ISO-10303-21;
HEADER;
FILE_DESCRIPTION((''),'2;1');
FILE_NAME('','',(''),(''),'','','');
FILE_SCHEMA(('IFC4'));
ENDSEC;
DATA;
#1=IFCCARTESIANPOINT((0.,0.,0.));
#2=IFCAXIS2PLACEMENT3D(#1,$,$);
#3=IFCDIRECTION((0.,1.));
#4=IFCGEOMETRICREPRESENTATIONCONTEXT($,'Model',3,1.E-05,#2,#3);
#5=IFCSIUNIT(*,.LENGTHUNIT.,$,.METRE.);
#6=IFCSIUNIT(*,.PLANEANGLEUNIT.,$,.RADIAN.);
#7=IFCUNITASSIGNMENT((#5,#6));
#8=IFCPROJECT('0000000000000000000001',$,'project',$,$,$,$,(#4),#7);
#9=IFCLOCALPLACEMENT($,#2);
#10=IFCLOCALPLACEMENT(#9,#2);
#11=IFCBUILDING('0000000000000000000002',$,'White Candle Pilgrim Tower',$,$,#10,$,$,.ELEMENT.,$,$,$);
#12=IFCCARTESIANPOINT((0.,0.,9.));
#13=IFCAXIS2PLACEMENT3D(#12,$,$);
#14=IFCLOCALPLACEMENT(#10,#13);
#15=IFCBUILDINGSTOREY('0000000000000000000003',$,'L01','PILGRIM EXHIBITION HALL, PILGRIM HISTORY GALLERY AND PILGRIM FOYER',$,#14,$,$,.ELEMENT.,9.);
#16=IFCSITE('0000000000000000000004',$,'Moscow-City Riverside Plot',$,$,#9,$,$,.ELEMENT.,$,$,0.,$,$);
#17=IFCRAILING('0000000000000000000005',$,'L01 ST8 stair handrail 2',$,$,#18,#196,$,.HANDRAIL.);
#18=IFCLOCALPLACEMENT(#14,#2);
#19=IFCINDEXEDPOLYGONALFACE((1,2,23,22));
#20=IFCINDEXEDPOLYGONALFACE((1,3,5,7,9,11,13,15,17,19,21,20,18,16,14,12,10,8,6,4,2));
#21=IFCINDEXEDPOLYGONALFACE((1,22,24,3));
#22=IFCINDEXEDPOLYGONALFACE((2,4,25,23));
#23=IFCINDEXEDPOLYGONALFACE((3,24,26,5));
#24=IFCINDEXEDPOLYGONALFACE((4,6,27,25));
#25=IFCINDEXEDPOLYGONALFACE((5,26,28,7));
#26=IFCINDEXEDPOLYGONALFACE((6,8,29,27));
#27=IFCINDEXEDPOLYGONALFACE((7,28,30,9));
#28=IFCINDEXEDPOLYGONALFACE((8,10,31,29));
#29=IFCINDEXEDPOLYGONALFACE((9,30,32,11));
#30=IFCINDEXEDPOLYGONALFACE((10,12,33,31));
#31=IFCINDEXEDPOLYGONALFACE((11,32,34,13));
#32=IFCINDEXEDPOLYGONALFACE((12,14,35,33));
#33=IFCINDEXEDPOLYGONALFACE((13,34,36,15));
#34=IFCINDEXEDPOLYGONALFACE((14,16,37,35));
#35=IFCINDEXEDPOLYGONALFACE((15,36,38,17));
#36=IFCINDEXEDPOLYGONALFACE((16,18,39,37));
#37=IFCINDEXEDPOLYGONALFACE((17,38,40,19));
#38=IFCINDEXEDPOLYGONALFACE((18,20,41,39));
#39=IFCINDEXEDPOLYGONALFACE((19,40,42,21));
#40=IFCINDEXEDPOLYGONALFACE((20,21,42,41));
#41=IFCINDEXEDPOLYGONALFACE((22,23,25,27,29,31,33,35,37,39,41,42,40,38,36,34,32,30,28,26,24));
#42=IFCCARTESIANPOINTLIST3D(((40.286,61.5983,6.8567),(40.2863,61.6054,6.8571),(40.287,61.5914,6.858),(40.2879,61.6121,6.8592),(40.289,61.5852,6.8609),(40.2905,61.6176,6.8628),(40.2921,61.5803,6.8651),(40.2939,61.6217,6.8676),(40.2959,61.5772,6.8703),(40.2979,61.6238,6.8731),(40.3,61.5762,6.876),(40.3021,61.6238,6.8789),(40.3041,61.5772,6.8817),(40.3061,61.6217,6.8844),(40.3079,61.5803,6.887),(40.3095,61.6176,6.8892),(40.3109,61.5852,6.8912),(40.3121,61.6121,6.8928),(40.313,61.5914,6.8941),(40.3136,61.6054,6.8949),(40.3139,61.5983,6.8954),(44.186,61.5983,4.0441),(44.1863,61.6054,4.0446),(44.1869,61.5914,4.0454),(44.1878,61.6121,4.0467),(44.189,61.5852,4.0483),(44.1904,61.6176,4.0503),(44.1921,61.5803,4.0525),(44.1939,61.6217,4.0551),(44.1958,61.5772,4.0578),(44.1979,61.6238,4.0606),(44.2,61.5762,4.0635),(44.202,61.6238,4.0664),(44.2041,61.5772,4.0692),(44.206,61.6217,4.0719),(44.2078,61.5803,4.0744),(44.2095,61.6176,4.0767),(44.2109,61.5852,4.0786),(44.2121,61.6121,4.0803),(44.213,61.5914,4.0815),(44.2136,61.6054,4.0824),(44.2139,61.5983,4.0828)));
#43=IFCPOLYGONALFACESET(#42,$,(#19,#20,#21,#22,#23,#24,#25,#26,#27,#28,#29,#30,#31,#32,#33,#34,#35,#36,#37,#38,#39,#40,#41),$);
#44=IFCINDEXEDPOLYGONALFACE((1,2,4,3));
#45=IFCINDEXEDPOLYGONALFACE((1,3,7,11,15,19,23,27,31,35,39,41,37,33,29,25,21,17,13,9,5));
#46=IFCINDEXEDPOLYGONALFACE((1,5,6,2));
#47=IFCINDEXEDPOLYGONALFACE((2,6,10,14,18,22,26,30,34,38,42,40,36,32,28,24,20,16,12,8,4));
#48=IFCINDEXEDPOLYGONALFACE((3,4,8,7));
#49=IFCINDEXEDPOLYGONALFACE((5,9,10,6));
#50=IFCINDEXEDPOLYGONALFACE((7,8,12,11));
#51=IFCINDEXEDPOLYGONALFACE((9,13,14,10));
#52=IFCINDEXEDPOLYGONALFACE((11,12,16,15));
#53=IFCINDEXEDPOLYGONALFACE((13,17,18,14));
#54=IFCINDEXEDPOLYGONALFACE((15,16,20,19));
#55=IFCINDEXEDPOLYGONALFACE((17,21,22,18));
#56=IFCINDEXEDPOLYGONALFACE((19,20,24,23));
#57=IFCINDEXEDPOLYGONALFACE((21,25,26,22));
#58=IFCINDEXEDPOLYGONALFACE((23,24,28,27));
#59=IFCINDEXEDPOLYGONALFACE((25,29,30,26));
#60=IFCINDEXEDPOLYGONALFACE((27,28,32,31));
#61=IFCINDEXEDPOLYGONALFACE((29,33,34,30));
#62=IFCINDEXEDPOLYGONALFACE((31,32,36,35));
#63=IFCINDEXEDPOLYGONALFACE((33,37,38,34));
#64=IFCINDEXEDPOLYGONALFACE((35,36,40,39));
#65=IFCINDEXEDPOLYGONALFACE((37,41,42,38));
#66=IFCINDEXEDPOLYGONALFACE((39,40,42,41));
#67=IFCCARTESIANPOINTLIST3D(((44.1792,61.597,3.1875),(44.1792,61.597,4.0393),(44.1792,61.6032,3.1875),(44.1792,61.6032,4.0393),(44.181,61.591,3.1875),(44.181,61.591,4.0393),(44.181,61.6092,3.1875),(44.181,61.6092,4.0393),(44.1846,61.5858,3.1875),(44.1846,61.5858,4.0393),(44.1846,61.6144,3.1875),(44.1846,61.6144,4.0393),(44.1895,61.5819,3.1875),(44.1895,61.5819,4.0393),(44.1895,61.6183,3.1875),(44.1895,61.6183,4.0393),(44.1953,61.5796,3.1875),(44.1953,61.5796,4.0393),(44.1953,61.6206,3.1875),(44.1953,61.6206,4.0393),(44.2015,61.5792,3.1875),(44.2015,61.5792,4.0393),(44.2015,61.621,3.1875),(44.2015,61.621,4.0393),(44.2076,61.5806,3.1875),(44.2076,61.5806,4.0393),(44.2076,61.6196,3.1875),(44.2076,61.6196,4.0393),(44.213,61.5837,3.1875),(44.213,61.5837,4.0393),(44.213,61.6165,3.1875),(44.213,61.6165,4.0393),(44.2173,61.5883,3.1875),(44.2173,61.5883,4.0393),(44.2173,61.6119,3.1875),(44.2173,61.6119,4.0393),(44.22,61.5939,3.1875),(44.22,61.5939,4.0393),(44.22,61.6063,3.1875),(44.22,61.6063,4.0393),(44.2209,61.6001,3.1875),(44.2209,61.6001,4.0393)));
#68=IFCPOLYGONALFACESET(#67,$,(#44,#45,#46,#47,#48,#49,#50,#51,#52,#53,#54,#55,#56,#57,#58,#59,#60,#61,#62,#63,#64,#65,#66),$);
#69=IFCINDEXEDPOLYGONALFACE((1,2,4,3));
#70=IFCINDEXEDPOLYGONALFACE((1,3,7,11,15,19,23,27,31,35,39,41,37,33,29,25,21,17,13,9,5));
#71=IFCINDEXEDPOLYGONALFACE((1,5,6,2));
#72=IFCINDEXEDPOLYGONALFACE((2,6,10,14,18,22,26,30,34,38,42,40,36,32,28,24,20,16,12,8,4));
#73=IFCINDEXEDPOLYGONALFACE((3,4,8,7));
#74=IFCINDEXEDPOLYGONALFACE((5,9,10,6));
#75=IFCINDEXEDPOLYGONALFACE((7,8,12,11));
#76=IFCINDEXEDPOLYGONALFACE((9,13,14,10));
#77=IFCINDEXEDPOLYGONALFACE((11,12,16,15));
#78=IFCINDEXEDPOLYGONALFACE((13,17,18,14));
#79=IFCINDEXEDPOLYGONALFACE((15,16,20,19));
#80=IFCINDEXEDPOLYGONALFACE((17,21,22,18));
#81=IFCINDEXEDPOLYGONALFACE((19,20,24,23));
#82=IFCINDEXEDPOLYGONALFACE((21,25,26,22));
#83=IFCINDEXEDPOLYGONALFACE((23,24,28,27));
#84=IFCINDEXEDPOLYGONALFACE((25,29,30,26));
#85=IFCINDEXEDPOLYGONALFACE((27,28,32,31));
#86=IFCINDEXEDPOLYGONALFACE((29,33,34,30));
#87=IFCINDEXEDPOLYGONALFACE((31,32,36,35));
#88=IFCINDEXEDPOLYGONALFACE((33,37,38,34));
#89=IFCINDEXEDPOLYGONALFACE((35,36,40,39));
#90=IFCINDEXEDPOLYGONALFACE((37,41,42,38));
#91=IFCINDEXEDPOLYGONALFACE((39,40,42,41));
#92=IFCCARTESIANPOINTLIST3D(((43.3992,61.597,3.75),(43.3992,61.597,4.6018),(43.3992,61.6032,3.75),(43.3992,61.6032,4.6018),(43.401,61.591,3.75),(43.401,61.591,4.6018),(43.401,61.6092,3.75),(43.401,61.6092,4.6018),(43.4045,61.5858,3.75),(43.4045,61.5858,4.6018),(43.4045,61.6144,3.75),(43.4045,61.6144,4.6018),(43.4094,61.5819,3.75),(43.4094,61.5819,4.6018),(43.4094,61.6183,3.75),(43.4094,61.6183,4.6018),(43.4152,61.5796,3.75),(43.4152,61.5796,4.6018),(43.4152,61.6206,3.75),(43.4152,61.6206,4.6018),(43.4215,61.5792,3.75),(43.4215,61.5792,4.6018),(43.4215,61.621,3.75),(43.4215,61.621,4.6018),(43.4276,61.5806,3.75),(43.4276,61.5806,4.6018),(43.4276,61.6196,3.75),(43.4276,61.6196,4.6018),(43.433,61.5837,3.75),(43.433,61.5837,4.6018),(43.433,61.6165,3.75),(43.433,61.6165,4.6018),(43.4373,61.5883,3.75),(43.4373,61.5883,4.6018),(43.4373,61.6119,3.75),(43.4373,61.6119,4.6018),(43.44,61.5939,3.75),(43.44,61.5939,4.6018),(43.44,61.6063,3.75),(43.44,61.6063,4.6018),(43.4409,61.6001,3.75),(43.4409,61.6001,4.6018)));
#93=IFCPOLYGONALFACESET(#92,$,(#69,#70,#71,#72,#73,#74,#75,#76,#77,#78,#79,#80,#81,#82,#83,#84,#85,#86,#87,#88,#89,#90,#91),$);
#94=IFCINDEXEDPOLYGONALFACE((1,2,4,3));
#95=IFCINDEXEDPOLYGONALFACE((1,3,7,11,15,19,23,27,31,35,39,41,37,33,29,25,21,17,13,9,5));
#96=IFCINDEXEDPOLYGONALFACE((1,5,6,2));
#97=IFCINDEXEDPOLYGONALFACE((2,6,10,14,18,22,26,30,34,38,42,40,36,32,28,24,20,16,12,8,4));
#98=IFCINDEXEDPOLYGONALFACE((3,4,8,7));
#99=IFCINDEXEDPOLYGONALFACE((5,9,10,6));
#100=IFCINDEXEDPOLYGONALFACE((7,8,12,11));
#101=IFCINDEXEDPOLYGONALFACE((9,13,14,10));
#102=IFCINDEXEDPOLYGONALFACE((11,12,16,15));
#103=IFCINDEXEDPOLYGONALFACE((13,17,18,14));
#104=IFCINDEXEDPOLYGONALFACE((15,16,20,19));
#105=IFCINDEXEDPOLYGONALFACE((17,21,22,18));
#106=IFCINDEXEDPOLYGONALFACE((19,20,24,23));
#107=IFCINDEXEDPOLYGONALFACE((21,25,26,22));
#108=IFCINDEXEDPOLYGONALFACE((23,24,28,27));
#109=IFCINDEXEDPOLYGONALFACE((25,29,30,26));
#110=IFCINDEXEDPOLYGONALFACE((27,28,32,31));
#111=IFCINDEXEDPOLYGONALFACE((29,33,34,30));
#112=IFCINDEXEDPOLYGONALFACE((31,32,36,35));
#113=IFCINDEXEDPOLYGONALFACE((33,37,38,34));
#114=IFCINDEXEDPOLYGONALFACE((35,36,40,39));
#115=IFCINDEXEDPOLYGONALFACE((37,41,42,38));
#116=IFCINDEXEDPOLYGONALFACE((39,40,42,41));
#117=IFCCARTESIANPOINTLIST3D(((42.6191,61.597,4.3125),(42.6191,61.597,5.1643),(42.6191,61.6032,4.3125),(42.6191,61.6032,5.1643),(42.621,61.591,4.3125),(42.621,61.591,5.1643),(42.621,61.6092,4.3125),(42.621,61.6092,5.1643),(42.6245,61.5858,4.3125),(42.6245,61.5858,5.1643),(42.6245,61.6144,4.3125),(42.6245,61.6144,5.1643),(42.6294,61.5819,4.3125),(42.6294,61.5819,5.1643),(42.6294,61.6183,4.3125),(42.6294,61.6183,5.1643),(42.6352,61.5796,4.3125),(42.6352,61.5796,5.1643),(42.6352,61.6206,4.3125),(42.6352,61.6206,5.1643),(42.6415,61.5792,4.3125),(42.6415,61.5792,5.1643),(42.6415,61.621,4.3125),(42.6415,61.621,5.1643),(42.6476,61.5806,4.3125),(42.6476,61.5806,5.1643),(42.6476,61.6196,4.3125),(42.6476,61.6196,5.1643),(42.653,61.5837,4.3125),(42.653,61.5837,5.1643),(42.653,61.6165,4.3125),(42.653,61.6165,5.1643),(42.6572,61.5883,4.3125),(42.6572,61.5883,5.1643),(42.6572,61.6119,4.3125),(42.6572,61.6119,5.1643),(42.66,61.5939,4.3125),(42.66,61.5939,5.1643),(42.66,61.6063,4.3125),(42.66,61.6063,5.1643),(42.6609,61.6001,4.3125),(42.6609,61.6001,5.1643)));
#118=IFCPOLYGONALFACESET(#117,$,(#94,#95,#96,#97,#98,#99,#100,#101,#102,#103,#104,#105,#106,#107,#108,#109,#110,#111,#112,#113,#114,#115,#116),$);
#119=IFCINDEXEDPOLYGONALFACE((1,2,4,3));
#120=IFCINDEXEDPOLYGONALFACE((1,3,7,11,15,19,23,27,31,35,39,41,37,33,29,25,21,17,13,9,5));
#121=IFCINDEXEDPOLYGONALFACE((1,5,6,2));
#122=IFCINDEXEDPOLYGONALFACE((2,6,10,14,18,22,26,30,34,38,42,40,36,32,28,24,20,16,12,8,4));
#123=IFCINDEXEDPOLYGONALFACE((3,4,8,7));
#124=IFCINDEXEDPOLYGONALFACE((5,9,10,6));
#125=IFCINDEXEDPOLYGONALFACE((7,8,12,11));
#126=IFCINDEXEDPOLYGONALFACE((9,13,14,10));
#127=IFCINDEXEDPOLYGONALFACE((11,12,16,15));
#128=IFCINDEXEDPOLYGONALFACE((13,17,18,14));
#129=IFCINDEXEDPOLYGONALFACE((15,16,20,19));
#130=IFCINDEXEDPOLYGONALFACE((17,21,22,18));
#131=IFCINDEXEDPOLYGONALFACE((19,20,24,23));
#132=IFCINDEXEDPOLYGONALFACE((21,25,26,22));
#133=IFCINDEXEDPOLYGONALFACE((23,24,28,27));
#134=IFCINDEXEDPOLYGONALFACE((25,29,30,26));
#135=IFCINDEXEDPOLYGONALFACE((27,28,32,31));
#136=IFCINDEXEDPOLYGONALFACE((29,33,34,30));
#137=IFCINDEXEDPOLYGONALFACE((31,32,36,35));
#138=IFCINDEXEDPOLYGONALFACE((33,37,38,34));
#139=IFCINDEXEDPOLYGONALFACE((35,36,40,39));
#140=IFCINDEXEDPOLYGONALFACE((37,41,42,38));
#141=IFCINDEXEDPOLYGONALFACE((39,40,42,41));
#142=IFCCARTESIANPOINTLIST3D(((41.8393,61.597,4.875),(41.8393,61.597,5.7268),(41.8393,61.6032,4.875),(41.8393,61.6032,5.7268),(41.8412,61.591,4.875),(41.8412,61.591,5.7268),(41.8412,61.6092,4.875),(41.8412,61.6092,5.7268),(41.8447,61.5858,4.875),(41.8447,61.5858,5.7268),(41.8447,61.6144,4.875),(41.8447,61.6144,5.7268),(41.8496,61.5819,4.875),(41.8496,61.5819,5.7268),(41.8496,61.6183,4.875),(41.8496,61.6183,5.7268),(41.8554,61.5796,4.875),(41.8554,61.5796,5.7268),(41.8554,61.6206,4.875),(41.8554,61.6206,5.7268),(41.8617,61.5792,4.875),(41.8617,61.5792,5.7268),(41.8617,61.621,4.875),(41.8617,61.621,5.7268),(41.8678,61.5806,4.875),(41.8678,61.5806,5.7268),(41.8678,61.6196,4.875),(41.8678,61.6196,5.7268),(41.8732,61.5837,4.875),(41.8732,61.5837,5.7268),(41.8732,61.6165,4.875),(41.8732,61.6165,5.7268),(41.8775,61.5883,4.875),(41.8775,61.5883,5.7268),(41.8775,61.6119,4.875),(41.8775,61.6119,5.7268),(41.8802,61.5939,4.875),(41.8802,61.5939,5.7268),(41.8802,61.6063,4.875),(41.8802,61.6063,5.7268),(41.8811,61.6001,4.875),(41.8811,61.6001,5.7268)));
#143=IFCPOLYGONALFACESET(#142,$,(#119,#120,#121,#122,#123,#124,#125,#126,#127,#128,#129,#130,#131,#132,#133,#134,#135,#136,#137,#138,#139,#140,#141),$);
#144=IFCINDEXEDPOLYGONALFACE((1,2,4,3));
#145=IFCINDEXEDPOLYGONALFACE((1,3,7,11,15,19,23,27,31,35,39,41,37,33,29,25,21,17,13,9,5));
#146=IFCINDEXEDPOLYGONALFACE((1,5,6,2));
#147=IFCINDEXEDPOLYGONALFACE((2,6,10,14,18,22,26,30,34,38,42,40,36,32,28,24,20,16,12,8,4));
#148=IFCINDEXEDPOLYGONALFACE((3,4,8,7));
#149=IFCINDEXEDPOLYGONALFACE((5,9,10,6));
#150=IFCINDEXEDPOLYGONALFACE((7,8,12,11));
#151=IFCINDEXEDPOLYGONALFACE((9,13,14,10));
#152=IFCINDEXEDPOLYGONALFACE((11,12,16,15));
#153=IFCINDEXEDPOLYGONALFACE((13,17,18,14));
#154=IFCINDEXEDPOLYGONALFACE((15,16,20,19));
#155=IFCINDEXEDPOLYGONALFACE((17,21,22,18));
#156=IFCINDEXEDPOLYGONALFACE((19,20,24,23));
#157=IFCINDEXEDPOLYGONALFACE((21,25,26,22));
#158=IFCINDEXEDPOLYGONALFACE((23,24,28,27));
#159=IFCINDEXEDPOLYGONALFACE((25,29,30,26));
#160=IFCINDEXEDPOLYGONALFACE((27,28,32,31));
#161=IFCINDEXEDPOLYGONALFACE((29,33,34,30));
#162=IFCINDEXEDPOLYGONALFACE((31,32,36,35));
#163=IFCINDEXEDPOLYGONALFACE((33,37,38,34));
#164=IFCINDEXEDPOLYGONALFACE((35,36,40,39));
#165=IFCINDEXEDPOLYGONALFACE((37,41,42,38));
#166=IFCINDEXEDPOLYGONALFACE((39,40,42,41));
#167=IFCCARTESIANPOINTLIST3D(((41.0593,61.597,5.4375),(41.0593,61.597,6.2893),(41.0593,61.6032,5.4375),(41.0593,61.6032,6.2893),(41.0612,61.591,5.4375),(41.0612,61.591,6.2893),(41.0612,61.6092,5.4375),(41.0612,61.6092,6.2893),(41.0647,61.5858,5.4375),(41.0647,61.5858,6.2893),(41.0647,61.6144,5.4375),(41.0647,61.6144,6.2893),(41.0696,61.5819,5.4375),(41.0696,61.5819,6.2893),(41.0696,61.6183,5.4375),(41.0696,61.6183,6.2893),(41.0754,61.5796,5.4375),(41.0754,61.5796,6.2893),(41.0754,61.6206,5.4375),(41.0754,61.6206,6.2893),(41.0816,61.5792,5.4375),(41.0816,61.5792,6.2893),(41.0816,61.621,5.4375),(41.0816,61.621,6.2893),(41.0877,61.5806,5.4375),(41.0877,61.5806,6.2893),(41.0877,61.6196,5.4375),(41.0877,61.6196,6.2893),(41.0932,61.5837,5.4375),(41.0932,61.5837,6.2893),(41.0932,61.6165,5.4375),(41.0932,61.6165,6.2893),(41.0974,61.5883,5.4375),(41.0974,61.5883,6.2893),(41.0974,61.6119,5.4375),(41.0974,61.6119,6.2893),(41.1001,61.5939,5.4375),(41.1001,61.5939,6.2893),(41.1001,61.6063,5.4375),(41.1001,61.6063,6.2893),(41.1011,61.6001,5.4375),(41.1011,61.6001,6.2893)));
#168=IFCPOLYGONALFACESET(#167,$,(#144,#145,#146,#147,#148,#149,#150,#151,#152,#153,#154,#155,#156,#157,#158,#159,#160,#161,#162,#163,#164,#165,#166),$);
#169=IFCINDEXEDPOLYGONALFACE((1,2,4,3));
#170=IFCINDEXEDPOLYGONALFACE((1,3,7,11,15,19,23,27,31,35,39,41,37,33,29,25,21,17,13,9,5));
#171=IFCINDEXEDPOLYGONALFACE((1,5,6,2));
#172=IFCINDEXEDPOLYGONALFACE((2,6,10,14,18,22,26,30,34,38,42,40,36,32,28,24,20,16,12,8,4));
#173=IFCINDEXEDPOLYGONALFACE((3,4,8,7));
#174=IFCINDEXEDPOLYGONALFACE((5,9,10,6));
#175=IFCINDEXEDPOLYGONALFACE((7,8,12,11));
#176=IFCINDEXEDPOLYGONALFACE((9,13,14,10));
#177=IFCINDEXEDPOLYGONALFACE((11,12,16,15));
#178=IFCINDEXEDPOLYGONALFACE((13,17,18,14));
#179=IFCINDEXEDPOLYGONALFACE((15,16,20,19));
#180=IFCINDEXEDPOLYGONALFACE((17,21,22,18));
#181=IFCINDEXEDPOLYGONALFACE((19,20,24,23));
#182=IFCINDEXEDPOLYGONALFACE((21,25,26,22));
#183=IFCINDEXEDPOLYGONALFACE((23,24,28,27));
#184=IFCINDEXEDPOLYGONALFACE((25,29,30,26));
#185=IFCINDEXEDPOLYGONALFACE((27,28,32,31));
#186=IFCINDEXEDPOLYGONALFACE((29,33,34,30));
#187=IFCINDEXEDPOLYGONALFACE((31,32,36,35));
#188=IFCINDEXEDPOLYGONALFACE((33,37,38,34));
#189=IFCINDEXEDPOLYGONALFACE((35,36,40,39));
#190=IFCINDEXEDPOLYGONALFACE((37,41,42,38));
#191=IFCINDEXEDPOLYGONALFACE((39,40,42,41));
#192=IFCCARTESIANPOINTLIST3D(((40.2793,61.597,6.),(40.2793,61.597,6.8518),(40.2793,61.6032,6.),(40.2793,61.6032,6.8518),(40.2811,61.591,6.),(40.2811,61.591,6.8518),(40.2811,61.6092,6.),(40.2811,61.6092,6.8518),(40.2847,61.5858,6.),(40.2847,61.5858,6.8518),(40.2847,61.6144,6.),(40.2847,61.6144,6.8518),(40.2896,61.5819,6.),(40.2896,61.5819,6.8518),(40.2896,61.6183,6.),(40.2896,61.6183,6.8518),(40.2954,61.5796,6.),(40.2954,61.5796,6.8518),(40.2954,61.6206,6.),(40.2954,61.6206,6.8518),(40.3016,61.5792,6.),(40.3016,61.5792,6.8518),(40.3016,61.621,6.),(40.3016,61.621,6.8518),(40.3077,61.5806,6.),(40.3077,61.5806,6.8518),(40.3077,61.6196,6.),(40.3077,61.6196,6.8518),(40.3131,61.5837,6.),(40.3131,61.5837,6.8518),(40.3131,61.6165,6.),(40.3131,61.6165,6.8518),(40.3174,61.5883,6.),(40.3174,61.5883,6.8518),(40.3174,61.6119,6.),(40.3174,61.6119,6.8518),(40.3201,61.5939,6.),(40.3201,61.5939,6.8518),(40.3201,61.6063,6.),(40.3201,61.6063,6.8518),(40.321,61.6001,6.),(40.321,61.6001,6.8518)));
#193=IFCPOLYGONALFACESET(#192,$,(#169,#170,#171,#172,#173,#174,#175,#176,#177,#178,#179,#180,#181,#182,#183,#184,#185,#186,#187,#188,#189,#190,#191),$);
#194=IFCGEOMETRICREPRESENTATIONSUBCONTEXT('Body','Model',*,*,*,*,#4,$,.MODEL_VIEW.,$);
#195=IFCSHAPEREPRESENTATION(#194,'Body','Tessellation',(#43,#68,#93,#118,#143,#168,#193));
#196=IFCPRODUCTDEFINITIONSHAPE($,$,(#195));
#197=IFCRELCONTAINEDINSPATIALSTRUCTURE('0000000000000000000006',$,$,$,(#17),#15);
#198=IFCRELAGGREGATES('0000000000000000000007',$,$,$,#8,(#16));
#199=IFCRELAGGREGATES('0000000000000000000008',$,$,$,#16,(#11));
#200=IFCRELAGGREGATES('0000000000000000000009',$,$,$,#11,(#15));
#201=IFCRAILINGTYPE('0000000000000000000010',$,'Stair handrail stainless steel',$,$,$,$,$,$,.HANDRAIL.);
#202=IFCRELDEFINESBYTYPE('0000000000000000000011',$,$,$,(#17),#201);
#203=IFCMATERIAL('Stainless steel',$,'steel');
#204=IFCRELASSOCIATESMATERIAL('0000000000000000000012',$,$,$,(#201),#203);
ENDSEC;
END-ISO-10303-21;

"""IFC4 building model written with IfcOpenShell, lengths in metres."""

from ifc_helpers import new_model, si_unit, direction, frame, origin, origin_2d, place, context, subcontext, project, spatial, circle, extrude, material, type_object, element, save


model = new_model("IFC4")

# Units and contexts
model_context = context("Model", 3, precision=1e-05, world=origin(), true_north=direction((0.0, 1.0)))
body_context = subcontext(model_context, "Body", "Model", "MODEL_VIEW")
ifc_project = project(units=[si_unit("LENGTHUNIT", "METRE"), si_unit("PLANEANGLEUNIT", "RADIAN")], contexts=[model_context])

# Site, building, storey
site_placement = place(None, origin())
site = spatial("IfcSite", under=ifc_project, at=site_placement, Name="Moscow-City Riverside Plot", CompositionType="ELEMENT", RefElevation=0.0)
building_placement = place(site_placement, origin())
building = spatial("IfcBuilding", under=site, at=building_placement, Name="White Candle Pilgrim Tower", CompositionType="ELEMENT")
storey_placement = place(building_placement, frame((0.0, 0.0, 9.0)))
storey = spatial("IfcBuildingStorey", under=building, at=storey_placement, Name="L01", Description="PILGRIM EXHIBITION HALL, PILGRIM HISTORY GALLERY AND PILGRIM FOYER", CompositionType="ELEMENT", Elevation=9.0)

# Railing
ifc_material_1 = material(Name="Stainless steel", Category="steel")
railing_type_1 = type_object("IfcRailingType", Name="Stair handrail stainless steel", PredefinedType="HANDRAIL", material=ifc_material_1)
railing_1_placement = place(storey_placement, frame((44.2, 61.6001, 3.1875)))
element("IfcRailing", 1, at=railing_1_placement, inside=storey, type_object=railing_type_1, Name="L01 ST8 stair handrail 2", PredefinedType="HANDRAIL", context=body_context, shape_type="SweptSolid", body=[
    extrude(circle(Radius=0.0239, at=origin_2d()), frame((0.0, 0.0, 0.876), z_axis=(-0.811083, 0.0, 0.584931), x_axis=(0.0, -1.0, 0.0)), (0.0, 0.0, 1.0), 4.8083),
    extrude(circle(Radius=0.021, at=origin_2d()), origin(), (0.0, 0.0, 1.0), 0.8518),
    extrude(circle(Radius=0.021, at=origin_2d()), frame((-0.78, 0.0, 0.5625)), (0.0, 0.0, 1.0), 0.8518),
    extrude(circle(Radius=0.021, at=origin_2d()), frame((-1.5601, 0.0, 1.125)), (0.0, 0.0, 1.0), 0.8518),
    extrude(circle(Radius=0.021, at=origin_2d()), frame((-2.3398, 0.0, 1.6875)), (0.0, 0.0, 1.0), 0.8518),
    extrude(circle(Radius=0.021, at=origin_2d()), frame((-3.1199, 0.0, 2.25)), (0.0, 0.0, 1.0), 0.8518),
    extrude(circle(Radius=0.021, at=origin_2d()), frame((-3.8999, 0.0, 2.8125)), (0.0, 0.0, 1.0), 0.8518),
])

save(model, "model.ifc")
